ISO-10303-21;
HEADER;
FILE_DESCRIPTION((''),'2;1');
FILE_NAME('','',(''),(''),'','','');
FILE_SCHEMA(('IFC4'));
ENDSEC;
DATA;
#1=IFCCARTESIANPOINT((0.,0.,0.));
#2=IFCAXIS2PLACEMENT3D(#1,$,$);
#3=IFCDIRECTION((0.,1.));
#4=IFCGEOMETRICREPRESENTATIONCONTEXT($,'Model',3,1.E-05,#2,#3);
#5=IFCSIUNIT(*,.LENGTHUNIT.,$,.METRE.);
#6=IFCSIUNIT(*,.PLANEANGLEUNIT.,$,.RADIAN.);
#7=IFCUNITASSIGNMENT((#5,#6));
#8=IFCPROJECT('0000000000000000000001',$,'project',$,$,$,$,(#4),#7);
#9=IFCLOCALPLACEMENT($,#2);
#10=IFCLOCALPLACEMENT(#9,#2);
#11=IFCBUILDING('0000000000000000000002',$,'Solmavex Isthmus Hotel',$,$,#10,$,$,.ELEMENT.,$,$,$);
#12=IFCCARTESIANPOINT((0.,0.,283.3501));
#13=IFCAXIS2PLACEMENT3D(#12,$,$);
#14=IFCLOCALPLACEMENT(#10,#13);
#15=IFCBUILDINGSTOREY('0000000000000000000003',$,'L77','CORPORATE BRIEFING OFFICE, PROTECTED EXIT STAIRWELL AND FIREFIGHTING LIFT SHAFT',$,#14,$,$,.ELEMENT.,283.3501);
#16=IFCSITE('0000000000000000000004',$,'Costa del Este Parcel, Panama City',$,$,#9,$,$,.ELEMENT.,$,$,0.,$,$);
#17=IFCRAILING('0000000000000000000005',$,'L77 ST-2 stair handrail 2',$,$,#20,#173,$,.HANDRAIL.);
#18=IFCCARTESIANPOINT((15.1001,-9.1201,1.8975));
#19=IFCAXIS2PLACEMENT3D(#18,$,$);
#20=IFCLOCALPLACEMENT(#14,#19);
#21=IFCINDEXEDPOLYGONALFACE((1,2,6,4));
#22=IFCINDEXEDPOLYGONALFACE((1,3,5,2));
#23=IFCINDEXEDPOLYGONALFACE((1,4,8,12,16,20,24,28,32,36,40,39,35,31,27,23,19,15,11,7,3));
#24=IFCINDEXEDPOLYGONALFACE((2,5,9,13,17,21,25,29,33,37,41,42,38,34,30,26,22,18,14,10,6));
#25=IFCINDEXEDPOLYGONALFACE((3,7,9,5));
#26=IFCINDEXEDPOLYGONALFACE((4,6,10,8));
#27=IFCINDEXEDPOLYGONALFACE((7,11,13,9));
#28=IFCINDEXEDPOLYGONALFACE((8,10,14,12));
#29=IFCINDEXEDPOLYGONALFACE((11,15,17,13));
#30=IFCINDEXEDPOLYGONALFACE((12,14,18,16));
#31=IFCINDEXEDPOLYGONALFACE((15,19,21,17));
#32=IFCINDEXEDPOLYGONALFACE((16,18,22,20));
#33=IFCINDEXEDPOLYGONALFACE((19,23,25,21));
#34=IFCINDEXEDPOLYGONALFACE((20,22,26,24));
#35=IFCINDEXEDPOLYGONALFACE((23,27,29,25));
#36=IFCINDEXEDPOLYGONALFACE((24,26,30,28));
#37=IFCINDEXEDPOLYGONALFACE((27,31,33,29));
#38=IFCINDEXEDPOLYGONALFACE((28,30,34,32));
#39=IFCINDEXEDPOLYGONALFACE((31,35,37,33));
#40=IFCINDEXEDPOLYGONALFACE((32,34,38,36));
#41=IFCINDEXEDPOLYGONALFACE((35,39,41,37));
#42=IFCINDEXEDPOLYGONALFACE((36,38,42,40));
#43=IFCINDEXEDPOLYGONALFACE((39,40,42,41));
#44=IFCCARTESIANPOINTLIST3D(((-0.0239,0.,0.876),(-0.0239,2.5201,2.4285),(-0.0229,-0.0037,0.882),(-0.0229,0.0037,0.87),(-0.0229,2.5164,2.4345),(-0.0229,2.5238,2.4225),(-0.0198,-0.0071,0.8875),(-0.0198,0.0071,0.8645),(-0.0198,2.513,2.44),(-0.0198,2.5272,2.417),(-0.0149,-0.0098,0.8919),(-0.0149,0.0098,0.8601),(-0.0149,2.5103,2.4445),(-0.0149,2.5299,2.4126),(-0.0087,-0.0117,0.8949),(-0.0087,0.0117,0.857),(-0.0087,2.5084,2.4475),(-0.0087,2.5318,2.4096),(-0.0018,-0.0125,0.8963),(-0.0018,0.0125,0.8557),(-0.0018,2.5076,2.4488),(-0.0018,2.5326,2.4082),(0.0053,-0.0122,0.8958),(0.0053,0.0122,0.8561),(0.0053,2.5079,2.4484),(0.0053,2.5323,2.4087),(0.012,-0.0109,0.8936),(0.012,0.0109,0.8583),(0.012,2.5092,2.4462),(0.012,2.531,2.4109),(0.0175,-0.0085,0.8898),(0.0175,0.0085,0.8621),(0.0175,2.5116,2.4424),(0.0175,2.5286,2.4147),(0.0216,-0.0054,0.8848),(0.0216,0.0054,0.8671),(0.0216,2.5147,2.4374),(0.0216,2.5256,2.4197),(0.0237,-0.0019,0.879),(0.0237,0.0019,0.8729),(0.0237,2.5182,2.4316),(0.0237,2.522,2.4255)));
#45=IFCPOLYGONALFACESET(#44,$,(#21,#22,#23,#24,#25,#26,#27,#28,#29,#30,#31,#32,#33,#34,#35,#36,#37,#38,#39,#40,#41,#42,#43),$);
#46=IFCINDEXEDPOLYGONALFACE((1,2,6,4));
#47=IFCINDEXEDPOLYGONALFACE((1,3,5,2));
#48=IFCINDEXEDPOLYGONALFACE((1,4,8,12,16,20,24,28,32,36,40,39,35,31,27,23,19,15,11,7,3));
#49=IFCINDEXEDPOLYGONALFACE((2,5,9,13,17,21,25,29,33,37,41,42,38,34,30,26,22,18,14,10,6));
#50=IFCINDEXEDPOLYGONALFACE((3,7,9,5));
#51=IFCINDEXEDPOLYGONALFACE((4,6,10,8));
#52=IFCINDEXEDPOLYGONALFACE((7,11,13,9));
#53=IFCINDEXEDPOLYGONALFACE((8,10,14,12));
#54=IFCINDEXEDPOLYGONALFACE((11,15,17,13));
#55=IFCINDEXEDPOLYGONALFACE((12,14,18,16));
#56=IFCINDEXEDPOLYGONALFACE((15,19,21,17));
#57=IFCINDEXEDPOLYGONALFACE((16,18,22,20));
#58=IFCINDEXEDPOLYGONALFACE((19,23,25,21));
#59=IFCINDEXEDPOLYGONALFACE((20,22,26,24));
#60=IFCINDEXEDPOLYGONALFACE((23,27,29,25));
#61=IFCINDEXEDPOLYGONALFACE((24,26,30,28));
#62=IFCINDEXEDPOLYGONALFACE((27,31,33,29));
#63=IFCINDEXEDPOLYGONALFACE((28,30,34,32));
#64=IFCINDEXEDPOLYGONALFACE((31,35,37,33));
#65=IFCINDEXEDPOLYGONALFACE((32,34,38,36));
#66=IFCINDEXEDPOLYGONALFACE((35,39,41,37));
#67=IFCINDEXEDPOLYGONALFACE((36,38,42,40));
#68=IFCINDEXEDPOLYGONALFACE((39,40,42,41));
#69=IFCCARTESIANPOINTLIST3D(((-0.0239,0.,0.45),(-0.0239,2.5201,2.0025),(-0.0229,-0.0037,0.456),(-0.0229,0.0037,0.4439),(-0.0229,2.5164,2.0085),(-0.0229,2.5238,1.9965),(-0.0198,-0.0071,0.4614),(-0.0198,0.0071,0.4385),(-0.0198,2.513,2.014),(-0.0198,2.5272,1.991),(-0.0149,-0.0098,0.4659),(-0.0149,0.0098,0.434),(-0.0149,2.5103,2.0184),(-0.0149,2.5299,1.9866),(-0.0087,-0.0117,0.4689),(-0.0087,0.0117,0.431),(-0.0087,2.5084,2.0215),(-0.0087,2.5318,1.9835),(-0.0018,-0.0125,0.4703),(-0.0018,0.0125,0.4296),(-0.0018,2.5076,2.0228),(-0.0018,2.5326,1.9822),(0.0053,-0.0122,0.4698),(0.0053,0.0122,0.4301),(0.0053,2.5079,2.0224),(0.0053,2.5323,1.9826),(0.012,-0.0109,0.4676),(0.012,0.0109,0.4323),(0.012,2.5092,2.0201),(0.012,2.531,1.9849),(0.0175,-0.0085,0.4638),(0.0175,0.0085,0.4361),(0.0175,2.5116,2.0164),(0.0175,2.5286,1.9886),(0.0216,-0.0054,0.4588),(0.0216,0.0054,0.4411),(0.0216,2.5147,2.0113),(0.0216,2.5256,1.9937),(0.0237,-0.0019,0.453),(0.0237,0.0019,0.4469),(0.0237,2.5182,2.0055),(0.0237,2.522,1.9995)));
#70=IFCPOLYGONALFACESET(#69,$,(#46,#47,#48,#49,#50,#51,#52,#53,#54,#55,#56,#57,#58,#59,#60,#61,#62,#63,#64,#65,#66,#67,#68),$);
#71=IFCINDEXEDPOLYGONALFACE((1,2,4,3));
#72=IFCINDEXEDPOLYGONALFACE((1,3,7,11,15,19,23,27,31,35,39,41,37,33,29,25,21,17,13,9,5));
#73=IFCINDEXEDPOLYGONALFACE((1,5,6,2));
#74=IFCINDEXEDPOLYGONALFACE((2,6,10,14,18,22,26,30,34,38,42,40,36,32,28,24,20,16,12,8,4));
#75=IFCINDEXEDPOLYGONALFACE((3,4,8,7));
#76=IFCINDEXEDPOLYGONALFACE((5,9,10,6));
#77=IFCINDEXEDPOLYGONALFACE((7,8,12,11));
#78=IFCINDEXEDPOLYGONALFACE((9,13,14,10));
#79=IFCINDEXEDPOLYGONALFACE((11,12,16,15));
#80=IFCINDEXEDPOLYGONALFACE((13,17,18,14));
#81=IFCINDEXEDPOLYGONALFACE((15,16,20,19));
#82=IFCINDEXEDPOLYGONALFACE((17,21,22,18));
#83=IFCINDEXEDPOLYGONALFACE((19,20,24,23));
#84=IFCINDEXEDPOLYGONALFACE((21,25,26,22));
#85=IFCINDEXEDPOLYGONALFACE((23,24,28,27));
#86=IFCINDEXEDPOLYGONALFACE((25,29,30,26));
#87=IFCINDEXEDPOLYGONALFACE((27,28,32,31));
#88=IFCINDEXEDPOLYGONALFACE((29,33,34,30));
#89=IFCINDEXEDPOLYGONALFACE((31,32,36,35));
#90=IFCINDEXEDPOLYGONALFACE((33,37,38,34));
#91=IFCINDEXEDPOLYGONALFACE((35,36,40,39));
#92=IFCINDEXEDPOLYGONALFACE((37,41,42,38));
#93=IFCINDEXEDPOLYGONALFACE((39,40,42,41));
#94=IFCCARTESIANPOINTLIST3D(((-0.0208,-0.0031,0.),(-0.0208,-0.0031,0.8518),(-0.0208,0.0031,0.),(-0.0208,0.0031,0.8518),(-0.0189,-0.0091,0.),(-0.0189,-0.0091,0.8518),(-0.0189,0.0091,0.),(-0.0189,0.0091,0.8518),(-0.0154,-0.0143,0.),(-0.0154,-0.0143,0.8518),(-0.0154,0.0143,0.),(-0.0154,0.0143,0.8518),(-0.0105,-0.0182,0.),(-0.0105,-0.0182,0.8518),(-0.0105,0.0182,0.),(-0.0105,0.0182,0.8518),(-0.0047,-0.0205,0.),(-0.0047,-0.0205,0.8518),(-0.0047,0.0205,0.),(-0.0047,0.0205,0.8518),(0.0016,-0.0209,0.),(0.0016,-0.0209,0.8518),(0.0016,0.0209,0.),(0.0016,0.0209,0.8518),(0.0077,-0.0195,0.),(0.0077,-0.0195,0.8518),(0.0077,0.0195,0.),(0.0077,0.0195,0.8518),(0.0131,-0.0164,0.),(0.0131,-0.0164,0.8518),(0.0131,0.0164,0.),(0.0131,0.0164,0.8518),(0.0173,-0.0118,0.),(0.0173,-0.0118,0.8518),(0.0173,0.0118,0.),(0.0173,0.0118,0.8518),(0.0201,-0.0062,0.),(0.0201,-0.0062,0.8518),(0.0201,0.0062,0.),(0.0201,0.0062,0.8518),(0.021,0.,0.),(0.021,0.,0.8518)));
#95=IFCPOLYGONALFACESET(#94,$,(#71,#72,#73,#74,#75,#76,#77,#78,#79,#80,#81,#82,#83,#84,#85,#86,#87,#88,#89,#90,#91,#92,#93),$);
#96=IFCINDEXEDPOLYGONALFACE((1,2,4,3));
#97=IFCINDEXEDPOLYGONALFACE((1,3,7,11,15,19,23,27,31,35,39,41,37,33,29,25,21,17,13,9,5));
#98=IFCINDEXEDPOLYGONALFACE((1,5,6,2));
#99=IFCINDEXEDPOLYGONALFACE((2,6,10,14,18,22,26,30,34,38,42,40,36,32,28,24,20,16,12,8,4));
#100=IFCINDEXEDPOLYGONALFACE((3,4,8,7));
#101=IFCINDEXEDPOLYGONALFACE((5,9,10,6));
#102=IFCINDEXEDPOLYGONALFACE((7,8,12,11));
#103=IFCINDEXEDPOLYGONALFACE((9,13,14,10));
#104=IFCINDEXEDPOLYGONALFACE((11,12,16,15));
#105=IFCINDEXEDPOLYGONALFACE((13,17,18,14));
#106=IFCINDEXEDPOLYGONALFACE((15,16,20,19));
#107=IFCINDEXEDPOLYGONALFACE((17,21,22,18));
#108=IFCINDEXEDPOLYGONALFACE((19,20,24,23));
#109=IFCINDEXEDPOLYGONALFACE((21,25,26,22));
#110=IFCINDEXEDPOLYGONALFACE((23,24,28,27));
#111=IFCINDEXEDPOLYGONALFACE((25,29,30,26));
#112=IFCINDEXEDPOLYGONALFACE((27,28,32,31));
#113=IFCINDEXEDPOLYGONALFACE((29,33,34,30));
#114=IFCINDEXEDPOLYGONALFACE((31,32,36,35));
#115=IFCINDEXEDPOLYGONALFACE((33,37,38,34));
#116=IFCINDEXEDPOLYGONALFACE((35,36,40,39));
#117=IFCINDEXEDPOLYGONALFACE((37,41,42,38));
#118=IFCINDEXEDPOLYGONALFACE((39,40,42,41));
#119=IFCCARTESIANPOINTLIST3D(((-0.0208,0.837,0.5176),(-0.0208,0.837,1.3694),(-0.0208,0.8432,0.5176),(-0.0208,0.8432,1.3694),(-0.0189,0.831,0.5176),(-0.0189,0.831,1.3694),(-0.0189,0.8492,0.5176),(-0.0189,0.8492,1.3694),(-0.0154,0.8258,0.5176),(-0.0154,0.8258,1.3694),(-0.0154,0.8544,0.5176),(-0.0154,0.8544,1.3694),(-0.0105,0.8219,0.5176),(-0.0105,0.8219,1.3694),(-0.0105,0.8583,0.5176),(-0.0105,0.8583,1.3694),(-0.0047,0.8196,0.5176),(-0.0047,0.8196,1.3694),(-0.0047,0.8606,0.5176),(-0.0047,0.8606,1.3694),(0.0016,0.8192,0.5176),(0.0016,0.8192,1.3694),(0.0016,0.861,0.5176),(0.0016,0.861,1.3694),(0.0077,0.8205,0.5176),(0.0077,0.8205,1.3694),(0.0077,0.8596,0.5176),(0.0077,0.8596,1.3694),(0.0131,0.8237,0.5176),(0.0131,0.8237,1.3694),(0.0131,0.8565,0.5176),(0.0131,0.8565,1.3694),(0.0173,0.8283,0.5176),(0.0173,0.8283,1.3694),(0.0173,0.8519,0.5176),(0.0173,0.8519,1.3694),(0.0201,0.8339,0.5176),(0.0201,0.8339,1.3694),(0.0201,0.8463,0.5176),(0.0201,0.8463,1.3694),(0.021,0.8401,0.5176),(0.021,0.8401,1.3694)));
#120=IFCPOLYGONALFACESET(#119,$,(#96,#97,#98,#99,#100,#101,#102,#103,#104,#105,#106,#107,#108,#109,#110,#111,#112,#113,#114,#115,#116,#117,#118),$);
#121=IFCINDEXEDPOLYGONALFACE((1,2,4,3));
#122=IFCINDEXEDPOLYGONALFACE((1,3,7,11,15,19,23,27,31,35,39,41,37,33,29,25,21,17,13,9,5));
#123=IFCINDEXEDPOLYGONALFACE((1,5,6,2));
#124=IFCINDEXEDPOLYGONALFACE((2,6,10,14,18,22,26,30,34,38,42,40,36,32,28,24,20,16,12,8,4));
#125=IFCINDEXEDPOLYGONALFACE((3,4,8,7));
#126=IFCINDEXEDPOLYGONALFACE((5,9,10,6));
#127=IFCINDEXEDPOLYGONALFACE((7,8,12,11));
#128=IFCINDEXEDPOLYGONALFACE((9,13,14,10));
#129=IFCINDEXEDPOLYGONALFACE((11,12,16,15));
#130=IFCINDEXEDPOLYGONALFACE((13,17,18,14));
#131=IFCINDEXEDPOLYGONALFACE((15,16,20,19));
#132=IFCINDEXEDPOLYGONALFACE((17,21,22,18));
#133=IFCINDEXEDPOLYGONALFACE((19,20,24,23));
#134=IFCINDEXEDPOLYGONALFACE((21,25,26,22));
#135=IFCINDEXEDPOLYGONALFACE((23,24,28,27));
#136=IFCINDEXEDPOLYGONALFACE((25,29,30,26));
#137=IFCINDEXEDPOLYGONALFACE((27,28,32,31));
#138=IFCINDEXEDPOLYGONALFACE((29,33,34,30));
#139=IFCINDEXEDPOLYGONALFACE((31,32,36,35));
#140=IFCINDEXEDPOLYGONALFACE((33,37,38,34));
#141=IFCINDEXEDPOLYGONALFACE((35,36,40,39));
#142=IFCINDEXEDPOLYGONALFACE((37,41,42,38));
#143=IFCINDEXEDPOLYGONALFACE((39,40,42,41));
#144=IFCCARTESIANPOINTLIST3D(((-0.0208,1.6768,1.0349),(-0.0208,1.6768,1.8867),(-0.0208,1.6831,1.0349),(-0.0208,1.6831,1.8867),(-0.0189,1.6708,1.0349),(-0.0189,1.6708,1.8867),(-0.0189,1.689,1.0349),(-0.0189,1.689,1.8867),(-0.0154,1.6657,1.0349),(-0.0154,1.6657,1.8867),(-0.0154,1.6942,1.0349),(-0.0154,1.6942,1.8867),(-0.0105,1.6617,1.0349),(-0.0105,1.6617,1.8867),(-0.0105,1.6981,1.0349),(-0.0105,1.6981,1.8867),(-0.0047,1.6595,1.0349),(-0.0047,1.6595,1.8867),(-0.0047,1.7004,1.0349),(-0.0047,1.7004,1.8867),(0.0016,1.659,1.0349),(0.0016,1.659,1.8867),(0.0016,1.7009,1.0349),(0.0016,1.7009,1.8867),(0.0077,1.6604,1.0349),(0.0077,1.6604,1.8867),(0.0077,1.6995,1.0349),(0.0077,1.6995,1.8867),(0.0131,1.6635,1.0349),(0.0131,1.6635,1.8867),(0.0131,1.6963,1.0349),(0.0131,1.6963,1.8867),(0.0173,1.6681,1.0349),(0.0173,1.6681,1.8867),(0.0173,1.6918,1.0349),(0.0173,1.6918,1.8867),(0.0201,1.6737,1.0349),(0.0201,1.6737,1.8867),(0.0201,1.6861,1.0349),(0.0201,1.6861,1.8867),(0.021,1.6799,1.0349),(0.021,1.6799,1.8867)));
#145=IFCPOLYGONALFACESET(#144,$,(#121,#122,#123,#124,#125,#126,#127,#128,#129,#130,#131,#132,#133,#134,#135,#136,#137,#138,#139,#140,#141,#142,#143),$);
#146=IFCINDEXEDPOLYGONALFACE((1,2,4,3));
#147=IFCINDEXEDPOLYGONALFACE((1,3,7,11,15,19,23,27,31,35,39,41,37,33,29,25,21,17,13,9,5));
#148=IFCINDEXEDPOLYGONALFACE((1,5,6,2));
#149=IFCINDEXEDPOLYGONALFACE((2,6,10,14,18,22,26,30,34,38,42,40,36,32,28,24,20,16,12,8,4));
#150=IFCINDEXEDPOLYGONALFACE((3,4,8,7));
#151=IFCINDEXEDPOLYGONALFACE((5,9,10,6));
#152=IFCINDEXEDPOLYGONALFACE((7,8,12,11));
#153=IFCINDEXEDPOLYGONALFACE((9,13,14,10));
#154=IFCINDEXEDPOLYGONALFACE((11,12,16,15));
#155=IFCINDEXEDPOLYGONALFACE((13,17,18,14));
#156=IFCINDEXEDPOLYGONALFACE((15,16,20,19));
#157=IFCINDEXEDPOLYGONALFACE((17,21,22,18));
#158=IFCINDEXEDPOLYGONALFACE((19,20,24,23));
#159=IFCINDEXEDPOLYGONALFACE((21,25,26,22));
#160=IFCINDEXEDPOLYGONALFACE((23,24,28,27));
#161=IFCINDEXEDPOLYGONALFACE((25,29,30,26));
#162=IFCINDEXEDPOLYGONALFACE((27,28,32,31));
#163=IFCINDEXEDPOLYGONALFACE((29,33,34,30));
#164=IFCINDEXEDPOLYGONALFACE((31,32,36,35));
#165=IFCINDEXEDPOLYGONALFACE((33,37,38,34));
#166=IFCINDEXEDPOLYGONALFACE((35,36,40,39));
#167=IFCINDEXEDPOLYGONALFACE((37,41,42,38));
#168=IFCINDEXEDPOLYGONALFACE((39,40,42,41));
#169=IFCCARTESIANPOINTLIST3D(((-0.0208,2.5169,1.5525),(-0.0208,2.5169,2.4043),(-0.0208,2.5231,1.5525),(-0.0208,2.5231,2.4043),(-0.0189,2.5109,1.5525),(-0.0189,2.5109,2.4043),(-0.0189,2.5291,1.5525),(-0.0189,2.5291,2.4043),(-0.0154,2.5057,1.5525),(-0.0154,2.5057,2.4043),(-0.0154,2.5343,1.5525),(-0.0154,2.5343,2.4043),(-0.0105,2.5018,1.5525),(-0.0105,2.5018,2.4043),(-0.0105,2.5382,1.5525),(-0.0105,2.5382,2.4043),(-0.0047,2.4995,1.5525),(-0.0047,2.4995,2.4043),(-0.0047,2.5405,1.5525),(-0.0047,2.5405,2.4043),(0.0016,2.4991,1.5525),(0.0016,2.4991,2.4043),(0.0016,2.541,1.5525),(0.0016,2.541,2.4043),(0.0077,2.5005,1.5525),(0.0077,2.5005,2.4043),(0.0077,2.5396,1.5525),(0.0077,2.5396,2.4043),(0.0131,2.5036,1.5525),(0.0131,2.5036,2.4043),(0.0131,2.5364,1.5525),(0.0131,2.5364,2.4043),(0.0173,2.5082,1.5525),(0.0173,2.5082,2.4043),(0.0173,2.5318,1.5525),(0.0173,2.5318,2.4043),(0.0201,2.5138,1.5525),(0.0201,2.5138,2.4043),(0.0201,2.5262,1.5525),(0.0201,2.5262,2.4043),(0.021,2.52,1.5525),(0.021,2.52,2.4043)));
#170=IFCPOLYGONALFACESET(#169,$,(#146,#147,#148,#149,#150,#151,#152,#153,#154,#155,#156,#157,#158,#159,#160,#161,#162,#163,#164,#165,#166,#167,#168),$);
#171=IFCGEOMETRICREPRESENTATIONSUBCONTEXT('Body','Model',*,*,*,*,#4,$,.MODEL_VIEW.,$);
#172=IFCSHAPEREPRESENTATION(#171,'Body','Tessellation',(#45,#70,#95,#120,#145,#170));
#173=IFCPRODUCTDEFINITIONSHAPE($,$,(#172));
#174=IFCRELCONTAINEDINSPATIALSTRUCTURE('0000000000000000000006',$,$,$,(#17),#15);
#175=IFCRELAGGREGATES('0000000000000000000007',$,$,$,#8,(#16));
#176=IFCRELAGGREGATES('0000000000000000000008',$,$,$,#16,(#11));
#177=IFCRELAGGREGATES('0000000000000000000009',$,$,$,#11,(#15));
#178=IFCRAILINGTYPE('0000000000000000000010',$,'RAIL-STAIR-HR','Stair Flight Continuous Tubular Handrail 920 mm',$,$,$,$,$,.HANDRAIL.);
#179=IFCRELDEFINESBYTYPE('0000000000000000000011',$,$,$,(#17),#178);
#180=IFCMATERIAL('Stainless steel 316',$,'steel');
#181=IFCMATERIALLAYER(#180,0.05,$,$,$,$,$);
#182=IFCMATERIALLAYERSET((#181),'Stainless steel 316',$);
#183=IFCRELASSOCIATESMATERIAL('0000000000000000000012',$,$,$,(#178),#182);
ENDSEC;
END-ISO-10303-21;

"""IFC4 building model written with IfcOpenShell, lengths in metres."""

from ifc_helpers import new_model, si_unit, direction, frame, origin, origin_2d, place, context, subcontext, project, spatial, circle, extrude, material, layer, layer_set, type_object, element, save


model = new_model("IFC4")

# Units and contexts
model_context = context("Model", 3, precision=1e-05, world=origin(), true_north=direction((0.0, 1.0)))
body_context = subcontext(model_context, "Body", "Model", "MODEL_VIEW")
ifc_project = project(units=[si_unit("LENGTHUNIT", "METRE"), si_unit("PLANEANGLEUNIT", "RADIAN")], contexts=[model_context])

# Site, building, storey
site_placement = place(None, origin())
site = spatial("IfcSite", under=ifc_project, at=site_placement, Name="Costa del Este Parcel, Panama City", CompositionType="ELEMENT", RefElevation=0.0)
building_placement = place(site_placement, origin())
building = spatial("IfcBuilding", under=site, at=building_placement, Name="Solmavex Isthmus Hotel", CompositionType="ELEMENT")
storey_placement = place(building_placement, frame((0.0, 0.0, 283.3501)))
storey = spatial("IfcBuildingStorey", under=building, at=storey_placement, Name="L77", Description="CORPORATE BRIEFING OFFICE, PROTECTED EXIT STAIRWELL AND FIREFIGHTING LIFT SHAFT", CompositionType="ELEMENT", Elevation=283.3501)

# Railing
ifc_material_1 = material(Name="Stainless steel 316", Category="steel")
ifc_layer_1 = layer(ifc_material_1, 0.05)
ifc_layer_set_1 = layer_set([ifc_layer_1], Name="Stainless steel 316")
railing_type_1 = type_object("IfcRailingType", Name="RAIL-STAIR-HR", Description="Stair Flight Continuous Tubular Handrail 920 mm", PredefinedType="HANDRAIL", material=ifc_layer_set_1)
railing_1_placement = place(storey_placement, frame((15.1001, -9.1201, 1.8975)))
element("IfcRailing", 1, at=railing_1_placement, inside=storey, type_object=railing_type_1, Name="L77 ST-2 stair handrail 2", PredefinedType="HANDRAIL", context=body_context, shape_type="SweptSolid", body=[
    extrude(circle(Radius=0.0239, at=origin_2d()), frame((0.0, 0.0, 0.876), z_axis=(0.0, 0.8514, 0.524516), x_axis=(-1.0, 0.0, 0.0)), (0.0, 0.0, 1.0), 2.96),
    extrude(circle(Radius=0.0239, at=origin_2d()), frame((0.0, 0.0, 0.45), z_axis=(0.0, 0.8514, 0.524516), x_axis=(-1.0, 0.0, 0.0)), (0.0, 0.0, 1.0), 2.96),
    extrude(circle(Radius=0.021, at=origin_2d()), origin(), (0.0, 0.0, 1.0), 0.8518),
    extrude(circle(Radius=0.021, at=origin_2d()), frame((0.0, 0.8401, 0.5176)), (0.0, 0.0, 1.0), 0.8518),
    extrude(circle(Radius=0.021, at=origin_2d()), frame((0.0, 1.6799, 1.0349)), (0.0, 0.0, 1.0), 0.8518),
    extrude(circle(Radius=0.021, at=origin_2d()), frame((0.0, 2.52, 1.5525)), (0.0, 0.0, 1.0), 0.8518),
])

save(model, "model.ifc")
